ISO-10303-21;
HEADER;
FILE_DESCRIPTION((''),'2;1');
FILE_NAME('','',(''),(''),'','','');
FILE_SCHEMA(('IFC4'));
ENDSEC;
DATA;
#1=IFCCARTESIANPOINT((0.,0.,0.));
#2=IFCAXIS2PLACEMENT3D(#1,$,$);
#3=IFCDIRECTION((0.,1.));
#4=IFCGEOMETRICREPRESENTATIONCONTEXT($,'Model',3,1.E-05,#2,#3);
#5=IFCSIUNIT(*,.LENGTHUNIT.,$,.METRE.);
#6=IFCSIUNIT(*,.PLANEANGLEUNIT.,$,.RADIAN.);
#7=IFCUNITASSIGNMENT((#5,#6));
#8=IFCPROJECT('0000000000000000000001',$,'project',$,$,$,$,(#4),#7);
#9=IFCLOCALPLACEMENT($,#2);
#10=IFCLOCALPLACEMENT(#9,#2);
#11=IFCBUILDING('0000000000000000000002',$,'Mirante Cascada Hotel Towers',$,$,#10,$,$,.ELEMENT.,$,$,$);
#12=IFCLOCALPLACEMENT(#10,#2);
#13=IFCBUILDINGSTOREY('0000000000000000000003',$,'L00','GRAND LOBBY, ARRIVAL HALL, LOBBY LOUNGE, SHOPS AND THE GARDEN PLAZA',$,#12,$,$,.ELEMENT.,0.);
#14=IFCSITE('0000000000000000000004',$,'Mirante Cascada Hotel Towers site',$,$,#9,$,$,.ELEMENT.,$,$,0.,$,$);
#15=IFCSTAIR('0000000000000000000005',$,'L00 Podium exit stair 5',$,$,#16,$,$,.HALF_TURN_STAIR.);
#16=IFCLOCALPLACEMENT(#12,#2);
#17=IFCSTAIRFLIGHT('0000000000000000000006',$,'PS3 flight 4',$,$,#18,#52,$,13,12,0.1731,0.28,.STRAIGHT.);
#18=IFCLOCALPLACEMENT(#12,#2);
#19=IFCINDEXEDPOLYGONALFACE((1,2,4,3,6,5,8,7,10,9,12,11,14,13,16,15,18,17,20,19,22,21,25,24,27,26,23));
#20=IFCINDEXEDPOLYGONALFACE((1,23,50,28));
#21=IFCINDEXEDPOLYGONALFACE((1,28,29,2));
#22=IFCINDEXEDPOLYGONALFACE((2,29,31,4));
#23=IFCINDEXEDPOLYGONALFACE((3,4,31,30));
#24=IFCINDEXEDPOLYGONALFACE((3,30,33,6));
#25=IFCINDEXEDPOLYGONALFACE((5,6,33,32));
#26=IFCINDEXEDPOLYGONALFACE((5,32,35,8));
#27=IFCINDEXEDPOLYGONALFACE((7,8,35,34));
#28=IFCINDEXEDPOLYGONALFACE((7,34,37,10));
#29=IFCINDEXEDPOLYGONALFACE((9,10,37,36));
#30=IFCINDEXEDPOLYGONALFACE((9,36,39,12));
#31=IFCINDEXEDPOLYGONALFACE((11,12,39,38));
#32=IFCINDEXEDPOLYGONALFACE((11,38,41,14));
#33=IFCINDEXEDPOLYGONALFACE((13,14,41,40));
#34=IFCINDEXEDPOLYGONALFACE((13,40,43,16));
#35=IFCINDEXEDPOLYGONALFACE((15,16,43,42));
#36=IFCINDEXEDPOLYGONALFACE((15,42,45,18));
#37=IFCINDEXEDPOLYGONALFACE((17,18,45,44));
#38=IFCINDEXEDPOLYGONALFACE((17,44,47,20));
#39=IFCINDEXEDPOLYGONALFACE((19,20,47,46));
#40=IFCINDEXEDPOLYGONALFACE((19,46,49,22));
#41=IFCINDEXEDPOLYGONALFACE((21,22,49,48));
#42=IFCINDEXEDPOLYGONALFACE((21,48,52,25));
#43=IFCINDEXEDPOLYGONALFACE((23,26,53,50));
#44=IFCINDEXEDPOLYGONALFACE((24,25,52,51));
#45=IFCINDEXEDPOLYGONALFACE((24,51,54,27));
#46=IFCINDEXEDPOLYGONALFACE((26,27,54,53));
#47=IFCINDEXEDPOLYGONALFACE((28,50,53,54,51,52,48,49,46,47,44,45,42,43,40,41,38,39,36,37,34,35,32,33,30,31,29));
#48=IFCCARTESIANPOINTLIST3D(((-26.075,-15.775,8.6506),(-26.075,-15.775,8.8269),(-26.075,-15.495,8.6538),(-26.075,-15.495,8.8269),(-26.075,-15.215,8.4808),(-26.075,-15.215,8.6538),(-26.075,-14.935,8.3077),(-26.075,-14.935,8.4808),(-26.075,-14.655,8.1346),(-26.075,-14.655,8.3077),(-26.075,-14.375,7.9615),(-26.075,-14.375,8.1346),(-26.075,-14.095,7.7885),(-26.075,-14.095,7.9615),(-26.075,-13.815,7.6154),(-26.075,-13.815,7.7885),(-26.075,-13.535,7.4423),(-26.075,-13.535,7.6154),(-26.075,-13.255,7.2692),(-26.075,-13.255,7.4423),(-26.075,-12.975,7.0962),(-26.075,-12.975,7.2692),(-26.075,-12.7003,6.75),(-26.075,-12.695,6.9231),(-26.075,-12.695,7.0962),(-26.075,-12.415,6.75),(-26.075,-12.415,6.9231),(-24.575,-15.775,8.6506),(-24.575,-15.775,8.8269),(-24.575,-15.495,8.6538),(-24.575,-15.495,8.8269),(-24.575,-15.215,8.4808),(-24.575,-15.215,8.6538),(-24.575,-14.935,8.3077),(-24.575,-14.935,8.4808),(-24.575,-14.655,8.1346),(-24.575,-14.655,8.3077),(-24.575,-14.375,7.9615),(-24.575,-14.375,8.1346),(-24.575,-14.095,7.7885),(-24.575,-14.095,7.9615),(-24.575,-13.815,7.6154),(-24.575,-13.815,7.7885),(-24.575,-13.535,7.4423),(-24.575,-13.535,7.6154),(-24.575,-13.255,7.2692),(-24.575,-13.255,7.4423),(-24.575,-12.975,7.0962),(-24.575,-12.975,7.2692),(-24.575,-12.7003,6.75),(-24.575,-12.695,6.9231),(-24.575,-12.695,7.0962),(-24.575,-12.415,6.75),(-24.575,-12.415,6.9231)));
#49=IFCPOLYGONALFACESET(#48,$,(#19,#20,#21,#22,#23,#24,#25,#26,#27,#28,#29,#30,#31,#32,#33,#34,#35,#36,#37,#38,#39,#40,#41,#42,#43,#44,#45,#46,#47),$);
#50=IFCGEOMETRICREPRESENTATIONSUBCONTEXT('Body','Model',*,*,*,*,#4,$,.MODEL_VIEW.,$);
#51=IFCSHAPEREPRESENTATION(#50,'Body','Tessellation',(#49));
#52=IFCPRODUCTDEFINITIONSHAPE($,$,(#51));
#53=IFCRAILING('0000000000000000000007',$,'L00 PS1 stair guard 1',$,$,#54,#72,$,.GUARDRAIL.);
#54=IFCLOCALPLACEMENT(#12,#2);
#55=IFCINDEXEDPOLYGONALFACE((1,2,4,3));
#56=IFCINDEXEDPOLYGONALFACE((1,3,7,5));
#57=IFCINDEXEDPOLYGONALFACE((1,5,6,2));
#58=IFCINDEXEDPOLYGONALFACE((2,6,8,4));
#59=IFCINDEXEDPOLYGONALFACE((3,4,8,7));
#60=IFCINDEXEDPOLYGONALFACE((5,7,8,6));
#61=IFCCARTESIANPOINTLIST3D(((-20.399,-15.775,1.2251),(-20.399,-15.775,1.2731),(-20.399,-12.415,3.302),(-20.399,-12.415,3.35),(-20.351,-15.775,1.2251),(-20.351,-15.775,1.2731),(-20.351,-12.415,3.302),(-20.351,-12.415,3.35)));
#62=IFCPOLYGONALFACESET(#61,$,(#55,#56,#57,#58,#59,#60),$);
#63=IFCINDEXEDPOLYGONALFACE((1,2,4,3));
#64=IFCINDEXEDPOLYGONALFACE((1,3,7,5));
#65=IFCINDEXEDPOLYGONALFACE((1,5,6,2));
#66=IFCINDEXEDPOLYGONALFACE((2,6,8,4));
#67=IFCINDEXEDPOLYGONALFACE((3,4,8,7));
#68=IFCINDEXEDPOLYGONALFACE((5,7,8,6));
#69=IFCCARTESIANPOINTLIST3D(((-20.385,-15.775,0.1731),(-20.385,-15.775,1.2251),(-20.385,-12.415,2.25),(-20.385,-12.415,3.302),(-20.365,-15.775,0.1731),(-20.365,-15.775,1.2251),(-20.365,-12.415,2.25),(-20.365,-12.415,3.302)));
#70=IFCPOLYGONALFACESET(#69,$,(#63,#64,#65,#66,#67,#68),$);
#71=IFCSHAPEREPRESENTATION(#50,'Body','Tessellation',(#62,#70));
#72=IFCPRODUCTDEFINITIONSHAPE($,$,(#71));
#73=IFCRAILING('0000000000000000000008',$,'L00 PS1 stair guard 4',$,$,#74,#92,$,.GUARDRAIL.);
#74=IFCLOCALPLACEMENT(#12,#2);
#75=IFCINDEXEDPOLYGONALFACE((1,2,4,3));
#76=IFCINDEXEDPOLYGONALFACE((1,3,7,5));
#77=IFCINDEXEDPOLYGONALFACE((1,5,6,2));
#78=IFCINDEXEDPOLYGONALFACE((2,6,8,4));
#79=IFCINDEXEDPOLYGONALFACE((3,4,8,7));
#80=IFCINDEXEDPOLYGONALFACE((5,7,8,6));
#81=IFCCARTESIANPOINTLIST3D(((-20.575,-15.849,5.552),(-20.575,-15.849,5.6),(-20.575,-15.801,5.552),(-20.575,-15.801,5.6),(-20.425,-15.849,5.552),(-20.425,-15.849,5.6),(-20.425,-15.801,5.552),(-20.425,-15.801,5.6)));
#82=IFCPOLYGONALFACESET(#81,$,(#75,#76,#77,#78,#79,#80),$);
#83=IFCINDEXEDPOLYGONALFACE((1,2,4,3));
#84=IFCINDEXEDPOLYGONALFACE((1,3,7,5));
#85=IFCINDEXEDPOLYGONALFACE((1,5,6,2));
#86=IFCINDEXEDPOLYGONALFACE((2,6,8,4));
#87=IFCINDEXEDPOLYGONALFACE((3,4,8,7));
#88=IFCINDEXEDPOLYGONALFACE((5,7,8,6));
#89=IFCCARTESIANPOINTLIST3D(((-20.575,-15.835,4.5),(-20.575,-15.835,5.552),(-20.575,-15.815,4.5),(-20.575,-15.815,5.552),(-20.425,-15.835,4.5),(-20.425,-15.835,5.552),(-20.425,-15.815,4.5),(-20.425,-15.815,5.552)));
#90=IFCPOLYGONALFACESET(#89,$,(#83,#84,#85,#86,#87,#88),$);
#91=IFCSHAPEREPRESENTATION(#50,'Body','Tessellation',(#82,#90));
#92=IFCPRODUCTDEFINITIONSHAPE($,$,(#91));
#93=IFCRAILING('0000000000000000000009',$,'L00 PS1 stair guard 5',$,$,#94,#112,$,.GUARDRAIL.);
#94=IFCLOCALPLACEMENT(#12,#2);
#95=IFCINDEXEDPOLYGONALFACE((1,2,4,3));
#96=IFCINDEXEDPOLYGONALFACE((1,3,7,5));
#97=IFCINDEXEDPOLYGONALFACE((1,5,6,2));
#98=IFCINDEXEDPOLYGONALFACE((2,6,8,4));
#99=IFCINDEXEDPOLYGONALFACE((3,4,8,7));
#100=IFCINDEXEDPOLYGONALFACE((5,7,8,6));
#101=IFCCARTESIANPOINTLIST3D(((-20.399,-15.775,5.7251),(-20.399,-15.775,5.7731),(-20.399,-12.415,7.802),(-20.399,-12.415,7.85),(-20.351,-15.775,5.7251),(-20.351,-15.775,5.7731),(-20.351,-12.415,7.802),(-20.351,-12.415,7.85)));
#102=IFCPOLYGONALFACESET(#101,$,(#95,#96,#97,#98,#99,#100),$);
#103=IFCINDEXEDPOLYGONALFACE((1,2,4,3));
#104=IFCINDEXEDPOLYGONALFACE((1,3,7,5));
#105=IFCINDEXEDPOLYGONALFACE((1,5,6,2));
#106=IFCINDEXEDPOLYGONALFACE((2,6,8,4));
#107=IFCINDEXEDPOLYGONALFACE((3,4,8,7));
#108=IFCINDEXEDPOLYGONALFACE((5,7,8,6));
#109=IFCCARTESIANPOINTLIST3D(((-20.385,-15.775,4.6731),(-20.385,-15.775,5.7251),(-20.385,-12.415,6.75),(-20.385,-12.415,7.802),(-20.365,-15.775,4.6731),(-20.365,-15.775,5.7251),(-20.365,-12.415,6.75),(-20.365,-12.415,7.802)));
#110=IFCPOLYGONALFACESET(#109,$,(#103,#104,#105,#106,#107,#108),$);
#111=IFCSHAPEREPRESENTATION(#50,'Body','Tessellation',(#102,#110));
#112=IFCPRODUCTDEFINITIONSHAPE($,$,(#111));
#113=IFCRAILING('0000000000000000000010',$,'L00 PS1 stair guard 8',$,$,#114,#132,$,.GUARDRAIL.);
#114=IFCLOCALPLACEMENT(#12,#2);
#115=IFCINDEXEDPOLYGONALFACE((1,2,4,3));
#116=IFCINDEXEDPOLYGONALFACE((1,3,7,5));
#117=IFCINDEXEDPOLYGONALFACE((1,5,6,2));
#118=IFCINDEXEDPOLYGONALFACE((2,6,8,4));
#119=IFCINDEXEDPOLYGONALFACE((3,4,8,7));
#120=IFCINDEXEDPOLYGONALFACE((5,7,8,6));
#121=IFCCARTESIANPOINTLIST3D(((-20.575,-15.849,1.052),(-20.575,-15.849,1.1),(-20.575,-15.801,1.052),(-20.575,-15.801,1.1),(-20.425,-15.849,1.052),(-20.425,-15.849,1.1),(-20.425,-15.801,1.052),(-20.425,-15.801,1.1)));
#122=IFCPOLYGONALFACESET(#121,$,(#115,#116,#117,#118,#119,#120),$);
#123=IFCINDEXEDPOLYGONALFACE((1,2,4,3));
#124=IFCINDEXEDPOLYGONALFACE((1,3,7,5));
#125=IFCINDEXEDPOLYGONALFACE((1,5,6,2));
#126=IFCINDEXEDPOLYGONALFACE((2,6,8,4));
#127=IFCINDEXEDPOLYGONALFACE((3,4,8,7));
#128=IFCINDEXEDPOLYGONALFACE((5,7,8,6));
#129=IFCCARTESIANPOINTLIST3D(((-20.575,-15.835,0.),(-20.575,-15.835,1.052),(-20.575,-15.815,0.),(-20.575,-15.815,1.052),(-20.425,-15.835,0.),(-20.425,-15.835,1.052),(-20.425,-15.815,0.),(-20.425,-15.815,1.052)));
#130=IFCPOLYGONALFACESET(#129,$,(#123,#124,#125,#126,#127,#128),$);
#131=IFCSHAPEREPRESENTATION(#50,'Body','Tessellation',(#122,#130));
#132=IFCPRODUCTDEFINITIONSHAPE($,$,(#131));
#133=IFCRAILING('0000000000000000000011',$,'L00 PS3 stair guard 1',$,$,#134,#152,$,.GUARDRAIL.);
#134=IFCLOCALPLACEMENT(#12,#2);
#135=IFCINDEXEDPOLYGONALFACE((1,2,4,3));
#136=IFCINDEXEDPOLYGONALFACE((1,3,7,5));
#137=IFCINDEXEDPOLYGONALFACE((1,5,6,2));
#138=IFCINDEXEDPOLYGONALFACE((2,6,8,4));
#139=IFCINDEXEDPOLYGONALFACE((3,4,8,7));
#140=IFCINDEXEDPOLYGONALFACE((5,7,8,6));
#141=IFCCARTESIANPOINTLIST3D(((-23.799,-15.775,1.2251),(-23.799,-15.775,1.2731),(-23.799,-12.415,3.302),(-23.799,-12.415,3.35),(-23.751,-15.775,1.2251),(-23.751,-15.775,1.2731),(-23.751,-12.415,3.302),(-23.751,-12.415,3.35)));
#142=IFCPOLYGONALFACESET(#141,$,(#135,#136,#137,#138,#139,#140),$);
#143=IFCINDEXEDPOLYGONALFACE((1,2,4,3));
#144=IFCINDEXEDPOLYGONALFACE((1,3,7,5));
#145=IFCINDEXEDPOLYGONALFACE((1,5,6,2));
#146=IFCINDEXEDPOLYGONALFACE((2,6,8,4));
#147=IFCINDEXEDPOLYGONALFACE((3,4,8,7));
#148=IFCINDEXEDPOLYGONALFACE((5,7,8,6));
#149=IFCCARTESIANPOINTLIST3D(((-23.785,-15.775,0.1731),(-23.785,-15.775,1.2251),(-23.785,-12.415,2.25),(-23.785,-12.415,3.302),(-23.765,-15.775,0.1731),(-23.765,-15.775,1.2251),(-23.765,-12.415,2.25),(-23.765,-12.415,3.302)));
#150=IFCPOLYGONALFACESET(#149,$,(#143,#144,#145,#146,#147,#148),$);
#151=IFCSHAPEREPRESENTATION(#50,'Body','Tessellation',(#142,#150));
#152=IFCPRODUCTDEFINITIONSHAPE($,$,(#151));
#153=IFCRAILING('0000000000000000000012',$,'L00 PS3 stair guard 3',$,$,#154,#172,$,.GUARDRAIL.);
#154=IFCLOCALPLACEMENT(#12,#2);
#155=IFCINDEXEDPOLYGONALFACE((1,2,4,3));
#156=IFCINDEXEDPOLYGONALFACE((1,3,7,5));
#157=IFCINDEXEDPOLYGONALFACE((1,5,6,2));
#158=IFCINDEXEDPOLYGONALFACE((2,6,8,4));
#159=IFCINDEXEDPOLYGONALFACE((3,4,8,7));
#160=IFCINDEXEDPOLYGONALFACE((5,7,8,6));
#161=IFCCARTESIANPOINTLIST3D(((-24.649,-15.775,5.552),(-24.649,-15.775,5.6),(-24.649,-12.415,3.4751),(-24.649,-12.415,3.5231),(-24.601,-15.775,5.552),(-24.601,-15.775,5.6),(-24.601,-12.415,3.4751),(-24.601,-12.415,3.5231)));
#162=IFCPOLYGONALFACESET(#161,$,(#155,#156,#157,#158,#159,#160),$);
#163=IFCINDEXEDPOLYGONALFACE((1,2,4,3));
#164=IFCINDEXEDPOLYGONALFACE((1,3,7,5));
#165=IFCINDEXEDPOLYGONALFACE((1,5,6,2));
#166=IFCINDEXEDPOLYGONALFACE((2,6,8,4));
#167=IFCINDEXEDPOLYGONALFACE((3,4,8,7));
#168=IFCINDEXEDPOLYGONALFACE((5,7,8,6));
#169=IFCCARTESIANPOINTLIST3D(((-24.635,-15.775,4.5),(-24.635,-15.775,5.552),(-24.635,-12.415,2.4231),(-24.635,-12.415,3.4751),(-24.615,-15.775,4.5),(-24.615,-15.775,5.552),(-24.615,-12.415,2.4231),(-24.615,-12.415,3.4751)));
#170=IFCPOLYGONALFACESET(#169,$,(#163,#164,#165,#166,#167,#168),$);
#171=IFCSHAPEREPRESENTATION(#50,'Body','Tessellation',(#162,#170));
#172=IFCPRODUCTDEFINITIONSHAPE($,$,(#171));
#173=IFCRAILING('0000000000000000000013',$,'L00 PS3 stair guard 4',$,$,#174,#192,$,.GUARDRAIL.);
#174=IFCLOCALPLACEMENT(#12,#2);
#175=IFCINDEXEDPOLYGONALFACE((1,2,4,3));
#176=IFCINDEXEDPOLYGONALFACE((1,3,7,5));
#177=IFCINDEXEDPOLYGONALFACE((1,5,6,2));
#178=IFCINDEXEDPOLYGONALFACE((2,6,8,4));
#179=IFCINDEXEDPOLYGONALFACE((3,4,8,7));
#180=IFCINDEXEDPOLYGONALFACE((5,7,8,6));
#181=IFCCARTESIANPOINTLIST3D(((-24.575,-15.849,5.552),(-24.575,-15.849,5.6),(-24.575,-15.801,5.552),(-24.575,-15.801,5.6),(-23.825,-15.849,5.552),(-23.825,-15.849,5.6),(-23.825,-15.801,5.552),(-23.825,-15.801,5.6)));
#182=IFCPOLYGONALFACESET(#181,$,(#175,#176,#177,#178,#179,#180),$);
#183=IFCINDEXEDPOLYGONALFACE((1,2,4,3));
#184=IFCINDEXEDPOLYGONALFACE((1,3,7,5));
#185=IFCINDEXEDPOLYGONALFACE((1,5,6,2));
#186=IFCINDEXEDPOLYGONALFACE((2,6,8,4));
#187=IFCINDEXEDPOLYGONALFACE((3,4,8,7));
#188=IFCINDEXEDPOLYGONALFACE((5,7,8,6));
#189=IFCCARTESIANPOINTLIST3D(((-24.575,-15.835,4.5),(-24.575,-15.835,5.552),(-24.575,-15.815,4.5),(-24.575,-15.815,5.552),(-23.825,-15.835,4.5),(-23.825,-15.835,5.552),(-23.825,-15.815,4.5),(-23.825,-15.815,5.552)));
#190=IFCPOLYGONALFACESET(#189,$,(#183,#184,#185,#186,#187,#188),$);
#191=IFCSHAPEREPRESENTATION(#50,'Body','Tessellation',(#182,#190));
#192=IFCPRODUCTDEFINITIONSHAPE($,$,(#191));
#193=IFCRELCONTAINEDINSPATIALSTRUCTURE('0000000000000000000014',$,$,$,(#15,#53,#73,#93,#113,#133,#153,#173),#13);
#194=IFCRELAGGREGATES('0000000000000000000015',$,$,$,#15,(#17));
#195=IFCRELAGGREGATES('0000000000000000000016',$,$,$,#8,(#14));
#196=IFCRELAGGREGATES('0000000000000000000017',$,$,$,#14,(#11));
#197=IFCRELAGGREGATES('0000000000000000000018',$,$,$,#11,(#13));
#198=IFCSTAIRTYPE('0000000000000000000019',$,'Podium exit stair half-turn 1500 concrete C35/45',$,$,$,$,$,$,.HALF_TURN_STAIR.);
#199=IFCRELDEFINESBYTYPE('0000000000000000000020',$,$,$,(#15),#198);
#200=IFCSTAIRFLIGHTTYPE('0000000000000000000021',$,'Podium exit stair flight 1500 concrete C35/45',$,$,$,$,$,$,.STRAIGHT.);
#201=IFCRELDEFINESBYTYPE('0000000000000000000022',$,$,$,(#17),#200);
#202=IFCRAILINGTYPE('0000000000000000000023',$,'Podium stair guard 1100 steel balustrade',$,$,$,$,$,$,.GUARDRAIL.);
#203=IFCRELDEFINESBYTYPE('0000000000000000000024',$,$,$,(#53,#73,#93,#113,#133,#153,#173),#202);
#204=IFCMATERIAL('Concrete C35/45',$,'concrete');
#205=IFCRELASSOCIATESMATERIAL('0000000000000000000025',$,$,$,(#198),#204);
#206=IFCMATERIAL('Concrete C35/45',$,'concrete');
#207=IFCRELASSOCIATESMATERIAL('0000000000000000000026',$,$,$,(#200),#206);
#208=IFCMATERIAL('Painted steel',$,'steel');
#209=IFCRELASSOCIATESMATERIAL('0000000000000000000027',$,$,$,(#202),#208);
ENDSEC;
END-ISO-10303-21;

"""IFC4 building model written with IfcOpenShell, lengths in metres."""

from ifc_helpers import new_model, si_unit, direction, frame, origin, origin_2d, place, context, subcontext, project, spatial, polyline, rectangle, outline, extrude, material, type_object, element, aggregate, save


model = new_model("IFC4")

# Units and contexts
model_context = context("Model", 3, precision=1e-05, world=origin(), true_north=direction((0.0, 1.0)))
body_context = subcontext(model_context, "Body", "Model", "MODEL_VIEW")
ifc_project = project(units=[si_unit("LENGTHUNIT", "METRE"), si_unit("PLANEANGLEUNIT", "RADIAN")], contexts=[model_context])

# Site, building, storey
site_placement = place(None, origin())
site = spatial("IfcSite", under=ifc_project, at=site_placement, Name="Mirante Cascada Hotel Towers site", CompositionType="ELEMENT", RefElevation=0.0)
building_placement = place(site_placement, origin())
building = spatial("IfcBuilding", under=site, at=building_placement, Name="Mirante Cascada Hotel Towers", CompositionType="ELEMENT")
storey_placement = place(building_placement, origin())
storey = spatial("IfcBuildingStorey", under=building, at=storey_placement, Name="L00", Description="GRAND LOBBY, ARRIVAL HALL, LOBBY LOUNGE, SHOPS AND THE GARDEN PLAZA", CompositionType="ELEMENT", Elevation=0.0)

# Stair, stair flight
ifc_material_1 = material(Name="Concrete C35/45", Category="concrete")
stair_type = type_object("IfcStairType", Name="Podium exit stair half-turn 1500 concrete C35/45", PredefinedType="HALF_TURN_STAIR", material=ifc_material_1)
ifc_material_2 = material(Name="Concrete C35/45", Category="concrete")
stair_flight_type = type_object("IfcStairFlightType", Name="Podium exit stair flight 1500 concrete C35/45", PredefinedType="STRAIGHT", material=ifc_material_2)
stair_1_placement = place(storey_placement, origin())
stair_1 = element("IfcStair", 1, at=stair_1_placement, inside=storey, type_object=stair_type, Name="L00 Podium exit stair 5", PredefinedType="HALF_TURN_STAIR")
stair_flight_1_placement = place(storey_placement, frame((-25.325, -12.415, 6.75), z_axis=(0.0, 0.0, 1.0), x_axis=(0.0, -1.0, 0.0)))
stair_flight_1 = element("IfcStairFlight", 2, at=stair_flight_1_placement, type_object=stair_flight_type, Name="PS3 flight 4", NumberOfRisers=13, NumberOfTreads=12, PredefinedType="STRAIGHT", RiserHeight=0.1731, TreadLength=0.28, context=body_context, shape_type="SweptSolid", body=[
    extrude(outline(polyline([(0.0, 0.0), (0.0, 0.1731), (0.28, 0.1731), (0.28, 0.3462), (0.56, 0.3462), (0.56, 0.5192), (0.84, 0.5192), (0.84, 0.6923), (1.12, 0.6923), (1.12, 0.8654), (1.4, 0.8654), (1.4, 1.0385), (1.68, 1.0385), (1.68, 1.2115), (1.96, 1.2115), (1.96, 1.3846), (2.24, 1.3846), (2.24, 1.5577), (2.52, 1.5577), (2.52, 1.7308), (2.8, 1.7308), (2.8, 1.9038), (3.08, 1.9038), (3.08, 2.0769), (3.36, 2.0769), (3.36, 2.25), (3.36, 1.9006), (0.2853, 0.0), (0.0, 0.0)])), frame((0.0, 0.75, 0.0), z_axis=(0.0, -1.0, 0.0), x_axis=(1.0, 0.0, 0.0)), (0.0, 0.0, 1.0), 1.5),
])
aggregate(stair_1, [stair_flight_1])

# Railings
ifc_material_3 = material(Name="Painted steel", Category="steel")
railing_type_1 = type_object("IfcRailingType", Name="Podium stair guard 1100 steel balustrade", PredefinedType="GUARDRAIL", material=ifc_material_3)
railing_1_placement = place(storey_placement, frame((-20.375, -15.775, 0.1731)))
element("IfcRailing", 3, at=railing_1_placement, inside=storey, type_object=railing_type_1, Name="L00 PS1 stair guard 1", PredefinedType="GUARDRAIL", context=body_context, shape_type="SweptSolid", body=[
    extrude(rectangle(XDim=0.048, YDim=0.048, at=origin_2d()), frame((0.0, 0.0, 1.076), z_axis=(0.0, 1.0, 0.0), x_axis=(-1.0, 0.0, 0.0)), (0.0, 0.525787, 0.850616), 3.9501),
    extrude(rectangle(XDim=0.02, YDim=1.052, at=origin_2d()), frame((0.0, 0.0, 0.526), z_axis=(0.0, 1.0, 0.0), x_axis=(-1.0, 0.0, 0.0)), (0.0, 0.525787, 0.850616), 3.9501),
])
railing_2_placement = place(storey_placement, frame((-20.425, -15.825, 4.5)))
element("IfcRailing", 4, at=railing_2_placement, inside=storey, type_object=railing_type_1, Name="L00 PS1 stair guard 4", PredefinedType="GUARDRAIL", context=body_context, shape_type="SweptSolid", body=[
    extrude(rectangle(XDim=0.048, YDim=0.048, at=origin_2d()), frame((0.0, 0.0, 1.076), z_axis=(-1.0, 0.0, 0.0), x_axis=(0.0, -1.0, 0.0)), (0.0, 0.0, 1.0), 0.15),
    extrude(rectangle(XDim=0.02, YDim=1.052, at=origin_2d()), frame((0.0, 0.0, 0.526), z_axis=(-1.0, 0.0, 0.0), x_axis=(0.0, -1.0, 0.0)), (0.0, 0.0, 1.0), 0.15),
])
railing_3_placement = place(storey_placement, frame((-20.375, -15.775, 4.6731)))
element("IfcRailing", 5, at=railing_3_placement, inside=storey, type_object=railing_type_1, Name="L00 PS1 stair guard 5", PredefinedType="GUARDRAIL", context=body_context, shape_type="SweptSolid", body=[
    extrude(rectangle(XDim=0.048, YDim=0.048, at=origin_2d()), frame((0.0, 0.0, 1.076), z_axis=(0.0, 1.0, 0.0), x_axis=(-1.0, 0.0, 0.0)), (0.0, 0.525787, 0.850616), 3.9501),
    extrude(rectangle(XDim=0.02, YDim=1.052, at=origin_2d()), frame((0.0, 0.0, 0.526), z_axis=(0.0, 1.0, 0.0), x_axis=(-1.0, 0.0, 0.0)), (0.0, 0.525787, 0.850616), 3.9501),
])
railing_4_placement = place(storey_placement, frame((-20.425, -15.825, 0.0)))
element("IfcRailing", 6, at=railing_4_placement, inside=storey, type_object=railing_type_1, Name="L00 PS1 stair guard 8", PredefinedType="GUARDRAIL", context=body_context, shape_type="SweptSolid", body=[
    extrude(rectangle(XDim=0.048, YDim=0.048, at=origin_2d()), frame((0.0, 0.0, 1.076), z_axis=(-1.0, 0.0, 0.0), x_axis=(0.0, -1.0, 0.0)), (0.0, 0.0, 1.0), 0.15),
    extrude(rectangle(XDim=0.02, YDim=1.052, at=origin_2d()), frame((0.0, 0.0, 0.526), z_axis=(-1.0, 0.0, 0.0), x_axis=(0.0, -1.0, 0.0)), (0.0, 0.0, 1.0), 0.15),
])
railing_5_placement = place(storey_placement, frame((-23.775, -15.775, 0.1731)))
element("IfcRailing", 7, at=railing_5_placement, inside=storey, type_object=railing_type_1, Name="L00 PS3 stair guard 1", PredefinedType="GUARDRAIL", context=body_context, shape_type="SweptSolid", body=[
    extrude(rectangle(XDim=0.048, YDim=0.048, at=origin_2d()), frame((0.0, 0.0, 1.076), z_axis=(0.0, 1.0, 0.0), x_axis=(-1.0, 0.0, 0.0)), (0.0, 0.525787, 0.850616), 3.9501),
    extrude(rectangle(XDim=0.02, YDim=1.052, at=origin_2d()), frame((0.0, 0.0, 0.526), z_axis=(0.0, 1.0, 0.0), x_axis=(-1.0, 0.0, 0.0)), (0.0, 0.525787, 0.850616), 3.9501),
])
railing_6_placement = place(storey_placement, frame((-24.625, -12.415, 2.4231)))
element("IfcRailing", 8, at=railing_6_placement, inside=storey, type_object=railing_type_1, Name="L00 PS3 stair guard 3", PredefinedType="GUARDRAIL", context=body_context, shape_type="SweptSolid", body=[
    extrude(rectangle(XDim=0.048, YDim=0.048, at=origin_2d()), frame((0.0, 0.0, 1.076), z_axis=(0.0, -1.0, 0.0), x_axis=(1.0, 0.0, 0.0)), (0.0, 0.525787, 0.850616), 3.9501),
    extrude(rectangle(XDim=0.02, YDim=1.052, at=origin_2d()), frame((0.0, 0.0, 0.526), z_axis=(0.0, -1.0, 0.0), x_axis=(1.0, 0.0, 0.0)), (0.0, 0.525787, 0.850616), 3.9501),
])
railing_7_placement = place(storey_placement, frame((-23.825, -15.825, 4.5)))
element("IfcRailing", 9, at=railing_7_placement, inside=storey, type_object=railing_type_1, Name="L00 PS3 stair guard 4", PredefinedType="GUARDRAIL", context=body_context, shape_type="SweptSolid", body=[
    extrude(rectangle(XDim=0.048, YDim=0.048, at=origin_2d()), frame((0.0, 0.0, 1.076), z_axis=(-1.0, 0.0, 0.0), x_axis=(0.0, -1.0, 0.0)), (0.0, 0.0, 1.0), 0.75),
    extrude(rectangle(XDim=0.02, YDim=1.052, at=origin_2d()), frame((0.0, 0.0, 0.526), z_axis=(-1.0, 0.0, 0.0), x_axis=(0.0, -1.0, 0.0)), (0.0, 0.0, 1.0), 0.75),
])

save(model, "model.ifc")
